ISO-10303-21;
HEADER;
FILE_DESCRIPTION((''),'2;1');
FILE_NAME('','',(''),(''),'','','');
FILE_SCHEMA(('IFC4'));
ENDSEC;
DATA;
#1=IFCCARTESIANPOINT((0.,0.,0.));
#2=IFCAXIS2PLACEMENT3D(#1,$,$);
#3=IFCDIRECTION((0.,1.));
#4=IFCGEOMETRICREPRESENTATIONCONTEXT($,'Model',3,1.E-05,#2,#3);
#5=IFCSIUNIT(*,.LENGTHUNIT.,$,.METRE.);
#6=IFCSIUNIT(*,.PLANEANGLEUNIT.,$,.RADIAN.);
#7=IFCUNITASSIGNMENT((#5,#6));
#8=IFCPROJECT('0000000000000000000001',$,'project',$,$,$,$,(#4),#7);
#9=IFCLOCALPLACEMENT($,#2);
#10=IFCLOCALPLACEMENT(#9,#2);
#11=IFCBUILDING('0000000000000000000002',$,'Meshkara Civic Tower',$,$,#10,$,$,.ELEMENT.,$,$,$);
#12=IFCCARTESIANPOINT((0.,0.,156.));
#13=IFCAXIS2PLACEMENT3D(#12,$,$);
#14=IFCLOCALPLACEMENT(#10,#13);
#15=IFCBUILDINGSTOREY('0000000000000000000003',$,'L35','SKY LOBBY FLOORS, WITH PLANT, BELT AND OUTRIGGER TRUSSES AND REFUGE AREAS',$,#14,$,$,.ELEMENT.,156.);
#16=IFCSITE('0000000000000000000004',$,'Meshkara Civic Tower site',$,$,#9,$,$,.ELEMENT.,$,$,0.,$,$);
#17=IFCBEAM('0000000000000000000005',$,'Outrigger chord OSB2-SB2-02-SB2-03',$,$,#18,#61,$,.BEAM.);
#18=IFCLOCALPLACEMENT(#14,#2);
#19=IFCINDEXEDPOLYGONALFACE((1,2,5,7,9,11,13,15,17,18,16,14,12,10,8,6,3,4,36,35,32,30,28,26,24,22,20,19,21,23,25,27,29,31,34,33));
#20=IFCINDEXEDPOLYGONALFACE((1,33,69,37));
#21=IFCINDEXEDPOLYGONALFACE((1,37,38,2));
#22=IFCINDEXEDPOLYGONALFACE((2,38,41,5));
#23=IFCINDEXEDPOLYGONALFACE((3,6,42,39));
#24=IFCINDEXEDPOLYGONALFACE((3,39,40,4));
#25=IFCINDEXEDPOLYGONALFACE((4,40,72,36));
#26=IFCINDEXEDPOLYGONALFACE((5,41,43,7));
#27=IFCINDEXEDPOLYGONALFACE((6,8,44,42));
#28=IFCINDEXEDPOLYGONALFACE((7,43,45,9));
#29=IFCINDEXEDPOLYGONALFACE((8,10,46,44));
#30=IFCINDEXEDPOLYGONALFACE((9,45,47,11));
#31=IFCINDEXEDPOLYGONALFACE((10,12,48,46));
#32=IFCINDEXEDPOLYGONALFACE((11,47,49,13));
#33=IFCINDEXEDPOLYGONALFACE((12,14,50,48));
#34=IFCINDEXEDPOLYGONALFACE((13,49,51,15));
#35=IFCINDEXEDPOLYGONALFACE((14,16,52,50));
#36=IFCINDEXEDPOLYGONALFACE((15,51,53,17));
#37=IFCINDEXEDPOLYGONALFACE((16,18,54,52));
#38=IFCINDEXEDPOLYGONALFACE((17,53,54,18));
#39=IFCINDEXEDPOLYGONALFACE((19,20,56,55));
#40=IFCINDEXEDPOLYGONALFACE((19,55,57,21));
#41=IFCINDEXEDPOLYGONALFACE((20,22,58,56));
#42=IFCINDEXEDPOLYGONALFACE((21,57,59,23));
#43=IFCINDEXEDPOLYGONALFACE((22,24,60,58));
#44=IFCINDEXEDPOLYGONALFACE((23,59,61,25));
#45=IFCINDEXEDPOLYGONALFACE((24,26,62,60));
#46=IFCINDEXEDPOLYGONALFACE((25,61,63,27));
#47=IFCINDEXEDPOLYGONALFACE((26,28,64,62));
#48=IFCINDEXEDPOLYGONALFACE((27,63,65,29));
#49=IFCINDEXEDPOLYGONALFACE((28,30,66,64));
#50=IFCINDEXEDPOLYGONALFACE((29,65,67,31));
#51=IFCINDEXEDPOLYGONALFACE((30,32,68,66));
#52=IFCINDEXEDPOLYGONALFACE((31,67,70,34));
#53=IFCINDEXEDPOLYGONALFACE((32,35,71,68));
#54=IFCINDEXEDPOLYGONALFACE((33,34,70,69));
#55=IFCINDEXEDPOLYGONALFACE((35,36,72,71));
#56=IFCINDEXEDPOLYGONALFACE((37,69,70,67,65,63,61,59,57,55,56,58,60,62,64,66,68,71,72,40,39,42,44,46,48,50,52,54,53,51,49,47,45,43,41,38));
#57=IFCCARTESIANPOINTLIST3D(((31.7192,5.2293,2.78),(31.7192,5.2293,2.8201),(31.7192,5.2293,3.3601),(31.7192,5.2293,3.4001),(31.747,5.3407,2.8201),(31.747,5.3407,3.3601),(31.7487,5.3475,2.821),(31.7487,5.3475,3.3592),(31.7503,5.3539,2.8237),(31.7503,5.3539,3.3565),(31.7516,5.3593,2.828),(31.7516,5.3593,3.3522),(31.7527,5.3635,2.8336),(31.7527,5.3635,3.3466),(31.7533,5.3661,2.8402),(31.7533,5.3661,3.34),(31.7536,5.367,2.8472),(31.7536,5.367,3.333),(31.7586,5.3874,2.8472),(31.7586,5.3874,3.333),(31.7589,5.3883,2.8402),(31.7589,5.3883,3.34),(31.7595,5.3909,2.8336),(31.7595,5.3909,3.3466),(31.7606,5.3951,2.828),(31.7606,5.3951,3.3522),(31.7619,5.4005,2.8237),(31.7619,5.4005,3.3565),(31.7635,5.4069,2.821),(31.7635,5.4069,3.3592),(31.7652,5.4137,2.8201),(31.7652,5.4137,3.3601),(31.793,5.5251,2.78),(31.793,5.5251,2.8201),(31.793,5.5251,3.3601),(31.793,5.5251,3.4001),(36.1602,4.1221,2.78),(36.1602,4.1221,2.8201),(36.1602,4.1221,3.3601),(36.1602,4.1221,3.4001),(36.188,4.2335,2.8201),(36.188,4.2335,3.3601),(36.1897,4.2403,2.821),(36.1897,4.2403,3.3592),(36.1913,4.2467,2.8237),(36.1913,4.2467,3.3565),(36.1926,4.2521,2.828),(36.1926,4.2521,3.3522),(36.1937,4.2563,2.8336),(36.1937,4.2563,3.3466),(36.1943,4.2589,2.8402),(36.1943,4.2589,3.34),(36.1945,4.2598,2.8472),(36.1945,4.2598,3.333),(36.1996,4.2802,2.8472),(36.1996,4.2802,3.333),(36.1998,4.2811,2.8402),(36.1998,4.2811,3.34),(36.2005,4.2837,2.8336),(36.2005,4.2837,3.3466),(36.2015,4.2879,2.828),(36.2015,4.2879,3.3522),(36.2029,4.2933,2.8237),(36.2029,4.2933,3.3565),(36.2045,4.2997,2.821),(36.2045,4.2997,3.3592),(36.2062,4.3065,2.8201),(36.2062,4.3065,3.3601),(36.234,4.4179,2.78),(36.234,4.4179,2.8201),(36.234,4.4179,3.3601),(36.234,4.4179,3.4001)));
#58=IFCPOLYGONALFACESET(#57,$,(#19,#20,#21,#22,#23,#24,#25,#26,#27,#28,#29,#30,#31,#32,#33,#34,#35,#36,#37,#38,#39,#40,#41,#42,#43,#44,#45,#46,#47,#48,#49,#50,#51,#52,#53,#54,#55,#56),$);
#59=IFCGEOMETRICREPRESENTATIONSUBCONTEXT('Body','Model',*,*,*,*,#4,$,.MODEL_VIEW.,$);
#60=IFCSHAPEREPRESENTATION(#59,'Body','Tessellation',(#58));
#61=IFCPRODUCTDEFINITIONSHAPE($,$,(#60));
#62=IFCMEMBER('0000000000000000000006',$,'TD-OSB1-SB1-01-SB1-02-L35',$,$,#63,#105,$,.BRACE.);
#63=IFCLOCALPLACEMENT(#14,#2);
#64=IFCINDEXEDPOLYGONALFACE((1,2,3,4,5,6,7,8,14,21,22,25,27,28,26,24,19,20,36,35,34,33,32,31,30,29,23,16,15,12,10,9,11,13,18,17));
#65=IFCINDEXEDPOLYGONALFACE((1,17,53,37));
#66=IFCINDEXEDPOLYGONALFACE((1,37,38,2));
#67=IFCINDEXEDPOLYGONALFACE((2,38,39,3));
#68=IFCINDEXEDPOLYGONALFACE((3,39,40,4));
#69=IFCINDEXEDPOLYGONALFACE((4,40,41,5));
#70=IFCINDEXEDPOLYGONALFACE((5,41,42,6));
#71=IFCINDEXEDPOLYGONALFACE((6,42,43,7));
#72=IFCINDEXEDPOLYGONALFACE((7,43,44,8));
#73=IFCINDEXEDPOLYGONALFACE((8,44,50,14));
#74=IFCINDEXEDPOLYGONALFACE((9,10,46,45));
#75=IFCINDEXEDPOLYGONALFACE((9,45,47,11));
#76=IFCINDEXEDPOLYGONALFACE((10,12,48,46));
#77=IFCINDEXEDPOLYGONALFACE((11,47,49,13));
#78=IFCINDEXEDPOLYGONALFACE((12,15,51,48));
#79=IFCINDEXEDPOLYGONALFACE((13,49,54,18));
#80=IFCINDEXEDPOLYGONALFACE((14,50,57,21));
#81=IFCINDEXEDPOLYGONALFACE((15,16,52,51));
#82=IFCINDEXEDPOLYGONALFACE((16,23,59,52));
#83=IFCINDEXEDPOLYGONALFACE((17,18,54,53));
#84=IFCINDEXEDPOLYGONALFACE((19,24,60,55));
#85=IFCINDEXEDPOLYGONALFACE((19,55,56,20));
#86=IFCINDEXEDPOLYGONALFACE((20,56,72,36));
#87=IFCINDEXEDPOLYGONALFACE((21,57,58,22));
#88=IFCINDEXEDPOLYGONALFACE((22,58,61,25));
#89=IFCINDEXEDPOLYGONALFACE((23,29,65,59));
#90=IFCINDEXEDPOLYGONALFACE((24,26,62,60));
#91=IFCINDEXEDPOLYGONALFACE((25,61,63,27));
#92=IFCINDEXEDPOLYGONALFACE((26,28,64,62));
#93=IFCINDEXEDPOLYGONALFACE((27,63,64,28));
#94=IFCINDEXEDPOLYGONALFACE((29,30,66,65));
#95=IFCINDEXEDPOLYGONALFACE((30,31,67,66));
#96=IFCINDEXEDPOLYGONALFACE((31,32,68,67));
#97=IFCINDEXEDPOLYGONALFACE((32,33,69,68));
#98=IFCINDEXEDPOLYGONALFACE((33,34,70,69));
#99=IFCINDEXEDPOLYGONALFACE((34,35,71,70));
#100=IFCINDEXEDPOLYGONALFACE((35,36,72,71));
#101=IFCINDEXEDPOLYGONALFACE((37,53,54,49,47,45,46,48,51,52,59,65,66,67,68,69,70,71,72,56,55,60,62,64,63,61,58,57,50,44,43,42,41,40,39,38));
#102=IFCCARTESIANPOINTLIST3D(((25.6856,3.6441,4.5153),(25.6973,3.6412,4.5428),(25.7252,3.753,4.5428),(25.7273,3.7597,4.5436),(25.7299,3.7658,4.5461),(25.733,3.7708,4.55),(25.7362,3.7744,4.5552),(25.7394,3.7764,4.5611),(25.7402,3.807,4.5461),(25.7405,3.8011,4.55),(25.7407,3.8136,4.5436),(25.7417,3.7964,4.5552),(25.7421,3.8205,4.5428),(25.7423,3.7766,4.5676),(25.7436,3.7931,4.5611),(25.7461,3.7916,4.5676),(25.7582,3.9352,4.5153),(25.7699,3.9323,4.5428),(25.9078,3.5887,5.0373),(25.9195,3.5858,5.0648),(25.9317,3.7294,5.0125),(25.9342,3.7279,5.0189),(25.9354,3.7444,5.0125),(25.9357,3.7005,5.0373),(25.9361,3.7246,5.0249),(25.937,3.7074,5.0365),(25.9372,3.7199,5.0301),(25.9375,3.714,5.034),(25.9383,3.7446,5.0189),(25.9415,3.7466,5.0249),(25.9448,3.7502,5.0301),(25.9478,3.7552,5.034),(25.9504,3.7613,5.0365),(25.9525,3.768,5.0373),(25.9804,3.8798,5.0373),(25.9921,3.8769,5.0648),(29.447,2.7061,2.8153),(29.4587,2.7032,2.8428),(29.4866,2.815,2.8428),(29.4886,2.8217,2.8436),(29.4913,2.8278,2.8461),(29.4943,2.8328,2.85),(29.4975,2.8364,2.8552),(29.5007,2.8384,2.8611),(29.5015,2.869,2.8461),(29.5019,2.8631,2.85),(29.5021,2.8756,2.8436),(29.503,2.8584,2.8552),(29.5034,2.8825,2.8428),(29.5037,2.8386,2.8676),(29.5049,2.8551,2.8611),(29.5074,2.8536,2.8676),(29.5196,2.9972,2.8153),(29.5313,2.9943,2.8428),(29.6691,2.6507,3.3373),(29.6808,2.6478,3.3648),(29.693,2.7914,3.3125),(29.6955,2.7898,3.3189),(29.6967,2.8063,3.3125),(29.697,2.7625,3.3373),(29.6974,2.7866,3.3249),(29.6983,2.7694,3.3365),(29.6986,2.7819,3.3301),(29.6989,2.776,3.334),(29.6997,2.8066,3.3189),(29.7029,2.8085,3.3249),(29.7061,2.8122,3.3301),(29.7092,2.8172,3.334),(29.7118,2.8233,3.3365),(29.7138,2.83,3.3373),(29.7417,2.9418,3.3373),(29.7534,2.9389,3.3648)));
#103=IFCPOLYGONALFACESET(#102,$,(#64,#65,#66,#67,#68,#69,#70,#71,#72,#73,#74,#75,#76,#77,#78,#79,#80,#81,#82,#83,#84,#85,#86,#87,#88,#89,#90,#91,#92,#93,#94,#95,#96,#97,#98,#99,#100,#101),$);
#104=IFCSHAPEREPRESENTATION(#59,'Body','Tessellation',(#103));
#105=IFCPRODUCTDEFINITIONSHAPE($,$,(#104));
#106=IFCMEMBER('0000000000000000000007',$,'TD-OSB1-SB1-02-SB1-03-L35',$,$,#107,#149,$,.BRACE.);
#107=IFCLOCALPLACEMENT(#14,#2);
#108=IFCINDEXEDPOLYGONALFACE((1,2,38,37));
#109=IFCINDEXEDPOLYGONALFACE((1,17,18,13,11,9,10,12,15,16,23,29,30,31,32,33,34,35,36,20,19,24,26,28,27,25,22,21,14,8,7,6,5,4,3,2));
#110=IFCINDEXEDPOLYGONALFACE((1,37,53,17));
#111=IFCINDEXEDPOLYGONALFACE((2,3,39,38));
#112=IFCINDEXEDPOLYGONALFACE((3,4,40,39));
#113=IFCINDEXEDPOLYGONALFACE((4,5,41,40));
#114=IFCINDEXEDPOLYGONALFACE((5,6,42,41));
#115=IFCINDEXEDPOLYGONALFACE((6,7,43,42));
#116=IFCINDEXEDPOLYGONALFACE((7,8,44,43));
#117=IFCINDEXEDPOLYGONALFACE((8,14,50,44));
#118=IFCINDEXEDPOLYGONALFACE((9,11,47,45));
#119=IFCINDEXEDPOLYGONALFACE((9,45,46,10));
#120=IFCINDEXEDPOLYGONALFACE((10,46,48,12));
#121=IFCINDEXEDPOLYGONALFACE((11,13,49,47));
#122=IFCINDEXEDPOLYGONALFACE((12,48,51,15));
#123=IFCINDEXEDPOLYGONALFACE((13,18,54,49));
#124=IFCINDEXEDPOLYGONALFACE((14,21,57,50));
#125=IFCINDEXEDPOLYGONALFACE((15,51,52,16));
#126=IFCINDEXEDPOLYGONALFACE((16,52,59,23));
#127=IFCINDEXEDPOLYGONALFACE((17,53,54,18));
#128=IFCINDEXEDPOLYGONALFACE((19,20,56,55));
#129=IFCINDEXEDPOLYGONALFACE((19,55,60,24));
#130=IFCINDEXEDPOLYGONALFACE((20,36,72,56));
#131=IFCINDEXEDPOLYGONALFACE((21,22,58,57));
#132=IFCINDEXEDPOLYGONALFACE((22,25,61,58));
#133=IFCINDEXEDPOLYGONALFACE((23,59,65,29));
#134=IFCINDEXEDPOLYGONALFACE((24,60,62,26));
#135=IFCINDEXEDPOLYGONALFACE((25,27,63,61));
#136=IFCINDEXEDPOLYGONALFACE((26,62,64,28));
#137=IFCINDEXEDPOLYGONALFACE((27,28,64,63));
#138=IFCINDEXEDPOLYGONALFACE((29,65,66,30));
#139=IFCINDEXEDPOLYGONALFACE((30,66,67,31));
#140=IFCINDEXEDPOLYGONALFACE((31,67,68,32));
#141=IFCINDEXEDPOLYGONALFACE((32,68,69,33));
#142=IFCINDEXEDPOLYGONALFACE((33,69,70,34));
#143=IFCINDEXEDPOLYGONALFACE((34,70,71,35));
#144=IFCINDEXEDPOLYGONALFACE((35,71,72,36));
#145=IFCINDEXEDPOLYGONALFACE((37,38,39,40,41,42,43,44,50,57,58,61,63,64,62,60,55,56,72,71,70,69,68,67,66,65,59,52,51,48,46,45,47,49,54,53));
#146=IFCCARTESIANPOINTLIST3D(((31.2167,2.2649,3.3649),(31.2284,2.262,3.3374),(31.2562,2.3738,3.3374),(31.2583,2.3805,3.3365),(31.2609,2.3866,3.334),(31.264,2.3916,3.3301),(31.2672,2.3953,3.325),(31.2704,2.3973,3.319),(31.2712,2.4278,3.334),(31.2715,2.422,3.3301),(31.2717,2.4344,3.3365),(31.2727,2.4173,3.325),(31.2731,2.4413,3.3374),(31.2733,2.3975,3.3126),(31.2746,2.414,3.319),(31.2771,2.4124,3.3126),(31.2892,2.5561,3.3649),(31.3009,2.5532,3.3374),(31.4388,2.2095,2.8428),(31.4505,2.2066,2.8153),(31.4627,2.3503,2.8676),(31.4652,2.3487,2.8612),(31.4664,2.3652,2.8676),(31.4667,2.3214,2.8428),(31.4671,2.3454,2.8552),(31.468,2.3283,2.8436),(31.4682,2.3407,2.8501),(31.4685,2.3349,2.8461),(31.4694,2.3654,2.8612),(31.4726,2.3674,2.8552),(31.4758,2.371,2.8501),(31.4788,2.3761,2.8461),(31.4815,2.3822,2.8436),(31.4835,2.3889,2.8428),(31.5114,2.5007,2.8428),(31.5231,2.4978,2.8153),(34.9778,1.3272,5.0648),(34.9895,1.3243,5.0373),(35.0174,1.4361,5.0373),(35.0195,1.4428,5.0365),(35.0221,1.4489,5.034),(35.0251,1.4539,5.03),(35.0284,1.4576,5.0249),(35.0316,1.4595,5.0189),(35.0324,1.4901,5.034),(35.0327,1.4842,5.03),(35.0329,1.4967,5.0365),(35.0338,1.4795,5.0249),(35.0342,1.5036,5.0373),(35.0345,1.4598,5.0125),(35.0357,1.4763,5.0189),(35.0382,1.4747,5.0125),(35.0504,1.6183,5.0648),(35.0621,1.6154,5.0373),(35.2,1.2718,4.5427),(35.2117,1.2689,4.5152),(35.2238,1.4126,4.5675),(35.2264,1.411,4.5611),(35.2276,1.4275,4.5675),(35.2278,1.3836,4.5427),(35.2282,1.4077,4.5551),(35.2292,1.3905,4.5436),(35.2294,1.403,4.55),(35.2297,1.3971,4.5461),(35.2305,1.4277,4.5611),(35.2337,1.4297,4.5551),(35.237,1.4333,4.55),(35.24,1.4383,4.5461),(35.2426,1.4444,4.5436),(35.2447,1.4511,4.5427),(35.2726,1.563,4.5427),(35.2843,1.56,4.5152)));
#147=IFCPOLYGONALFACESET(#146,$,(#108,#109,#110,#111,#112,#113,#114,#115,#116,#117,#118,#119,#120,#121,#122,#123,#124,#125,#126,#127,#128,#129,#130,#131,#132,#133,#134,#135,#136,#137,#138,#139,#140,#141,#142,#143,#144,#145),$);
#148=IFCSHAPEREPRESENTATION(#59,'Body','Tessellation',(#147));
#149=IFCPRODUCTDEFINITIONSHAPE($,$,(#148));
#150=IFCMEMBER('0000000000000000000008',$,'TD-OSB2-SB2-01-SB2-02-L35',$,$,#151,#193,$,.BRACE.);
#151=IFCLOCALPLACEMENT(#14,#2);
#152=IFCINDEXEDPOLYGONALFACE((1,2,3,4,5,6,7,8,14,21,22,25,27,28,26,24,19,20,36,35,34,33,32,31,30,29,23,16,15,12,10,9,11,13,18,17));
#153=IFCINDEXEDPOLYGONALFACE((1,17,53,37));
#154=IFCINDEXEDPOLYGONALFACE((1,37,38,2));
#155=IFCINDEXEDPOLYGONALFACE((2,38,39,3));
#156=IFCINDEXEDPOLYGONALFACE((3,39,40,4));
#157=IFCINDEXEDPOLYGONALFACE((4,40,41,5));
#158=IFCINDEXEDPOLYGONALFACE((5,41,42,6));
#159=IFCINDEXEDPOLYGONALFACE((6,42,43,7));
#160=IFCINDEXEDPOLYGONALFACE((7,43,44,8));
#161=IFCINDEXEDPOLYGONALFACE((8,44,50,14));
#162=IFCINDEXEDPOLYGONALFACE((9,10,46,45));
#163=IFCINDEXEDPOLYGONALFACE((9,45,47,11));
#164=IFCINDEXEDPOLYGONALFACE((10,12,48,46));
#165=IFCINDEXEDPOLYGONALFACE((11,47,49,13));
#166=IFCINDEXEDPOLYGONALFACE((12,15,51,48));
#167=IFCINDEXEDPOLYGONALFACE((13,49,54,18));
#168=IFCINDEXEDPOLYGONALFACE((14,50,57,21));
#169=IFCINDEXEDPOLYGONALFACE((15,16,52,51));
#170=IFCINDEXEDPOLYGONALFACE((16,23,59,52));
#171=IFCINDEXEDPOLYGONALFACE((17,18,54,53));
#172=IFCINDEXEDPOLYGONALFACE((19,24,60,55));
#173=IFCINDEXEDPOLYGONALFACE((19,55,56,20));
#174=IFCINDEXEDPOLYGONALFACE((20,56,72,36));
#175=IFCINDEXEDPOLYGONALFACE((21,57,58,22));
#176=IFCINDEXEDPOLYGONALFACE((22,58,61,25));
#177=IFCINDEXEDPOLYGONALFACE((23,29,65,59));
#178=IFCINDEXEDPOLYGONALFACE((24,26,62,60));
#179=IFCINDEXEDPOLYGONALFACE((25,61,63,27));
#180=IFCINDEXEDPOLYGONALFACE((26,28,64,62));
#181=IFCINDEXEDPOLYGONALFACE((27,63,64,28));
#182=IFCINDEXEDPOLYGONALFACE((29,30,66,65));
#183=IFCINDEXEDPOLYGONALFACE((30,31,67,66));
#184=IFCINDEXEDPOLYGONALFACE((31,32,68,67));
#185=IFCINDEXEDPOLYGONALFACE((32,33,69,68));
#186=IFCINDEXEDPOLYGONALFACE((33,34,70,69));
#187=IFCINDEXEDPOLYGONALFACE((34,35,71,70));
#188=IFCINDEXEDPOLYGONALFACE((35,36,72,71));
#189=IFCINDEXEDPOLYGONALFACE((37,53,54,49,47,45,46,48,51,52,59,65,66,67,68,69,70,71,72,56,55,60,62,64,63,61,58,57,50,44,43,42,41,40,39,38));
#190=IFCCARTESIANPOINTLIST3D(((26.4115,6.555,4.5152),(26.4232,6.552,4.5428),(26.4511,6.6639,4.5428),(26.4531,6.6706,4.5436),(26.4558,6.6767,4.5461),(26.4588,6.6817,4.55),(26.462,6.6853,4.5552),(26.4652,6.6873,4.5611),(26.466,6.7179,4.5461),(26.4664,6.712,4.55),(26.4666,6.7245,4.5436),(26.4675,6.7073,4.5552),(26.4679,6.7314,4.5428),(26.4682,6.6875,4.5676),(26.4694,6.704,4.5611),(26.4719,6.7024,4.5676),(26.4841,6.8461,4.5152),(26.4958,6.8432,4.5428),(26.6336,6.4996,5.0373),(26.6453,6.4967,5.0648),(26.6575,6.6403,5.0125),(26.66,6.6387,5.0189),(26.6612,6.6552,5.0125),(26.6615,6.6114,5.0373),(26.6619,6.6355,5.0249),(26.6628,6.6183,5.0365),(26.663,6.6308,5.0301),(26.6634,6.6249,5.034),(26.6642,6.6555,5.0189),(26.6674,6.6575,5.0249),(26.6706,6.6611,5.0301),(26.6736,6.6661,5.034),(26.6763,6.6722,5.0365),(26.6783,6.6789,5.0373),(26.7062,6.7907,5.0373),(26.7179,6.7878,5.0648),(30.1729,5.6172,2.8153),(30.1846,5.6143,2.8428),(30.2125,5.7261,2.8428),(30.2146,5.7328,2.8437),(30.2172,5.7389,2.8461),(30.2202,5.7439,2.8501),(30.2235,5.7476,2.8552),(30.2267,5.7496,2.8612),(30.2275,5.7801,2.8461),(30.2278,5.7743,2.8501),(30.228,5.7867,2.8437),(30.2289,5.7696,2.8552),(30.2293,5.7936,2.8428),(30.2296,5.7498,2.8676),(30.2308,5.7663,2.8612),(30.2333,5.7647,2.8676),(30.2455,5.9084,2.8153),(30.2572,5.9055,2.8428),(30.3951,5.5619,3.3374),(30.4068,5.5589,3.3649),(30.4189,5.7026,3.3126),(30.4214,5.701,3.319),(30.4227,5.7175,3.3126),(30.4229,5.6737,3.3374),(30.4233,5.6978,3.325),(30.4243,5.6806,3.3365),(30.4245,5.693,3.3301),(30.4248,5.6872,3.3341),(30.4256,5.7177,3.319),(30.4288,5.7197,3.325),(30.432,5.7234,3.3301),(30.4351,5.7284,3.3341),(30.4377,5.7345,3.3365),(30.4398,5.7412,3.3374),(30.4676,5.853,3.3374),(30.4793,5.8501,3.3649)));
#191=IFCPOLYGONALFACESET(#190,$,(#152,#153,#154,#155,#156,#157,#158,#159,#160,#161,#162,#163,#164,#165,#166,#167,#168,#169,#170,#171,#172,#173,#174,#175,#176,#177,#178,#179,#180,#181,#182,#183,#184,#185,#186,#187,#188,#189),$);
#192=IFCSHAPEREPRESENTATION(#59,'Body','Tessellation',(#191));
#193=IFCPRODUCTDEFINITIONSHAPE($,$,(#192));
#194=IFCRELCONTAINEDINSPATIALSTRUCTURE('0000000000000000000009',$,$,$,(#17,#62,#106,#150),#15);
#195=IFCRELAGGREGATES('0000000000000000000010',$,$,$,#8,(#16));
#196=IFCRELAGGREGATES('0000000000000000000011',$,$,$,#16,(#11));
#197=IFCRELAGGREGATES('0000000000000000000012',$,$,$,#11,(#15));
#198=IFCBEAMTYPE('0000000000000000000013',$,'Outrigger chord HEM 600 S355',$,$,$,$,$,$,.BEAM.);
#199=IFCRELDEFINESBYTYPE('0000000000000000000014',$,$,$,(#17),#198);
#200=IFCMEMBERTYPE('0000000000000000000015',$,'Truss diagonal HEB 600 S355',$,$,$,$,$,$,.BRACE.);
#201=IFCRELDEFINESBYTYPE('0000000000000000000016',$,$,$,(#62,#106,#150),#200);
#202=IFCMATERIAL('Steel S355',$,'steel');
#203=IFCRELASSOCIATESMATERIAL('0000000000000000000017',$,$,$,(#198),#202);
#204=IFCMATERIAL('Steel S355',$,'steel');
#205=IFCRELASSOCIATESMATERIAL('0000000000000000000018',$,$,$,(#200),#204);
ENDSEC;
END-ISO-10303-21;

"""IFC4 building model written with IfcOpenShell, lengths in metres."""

from ifc_helpers import new_model, si_unit, direction, frame, origin, origin_2d, place, context, subcontext, project, spatial, i_section, extrude, material, material_profile, profile_set, type_object, element, save


model = new_model("IFC4")

# Units and contexts
model_context = context("Model", 3, precision=1e-05, world=origin(), true_north=direction((0.0, 1.0)))
body_context = subcontext(model_context, "Body", "Model", "MODEL_VIEW")
ifc_project = project(units=[si_unit("LENGTHUNIT", "METRE"), si_unit("PLANEANGLEUNIT", "RADIAN")], contexts=[model_context])

# Site, building, storey
site_placement = place(None, origin())
site = spatial("IfcSite", under=ifc_project, at=site_placement, Name="Meshkara Civic Tower site", CompositionType="ELEMENT", RefElevation=0.0)
building_placement = place(site_placement, origin())
building = spatial("IfcBuilding", under=site, at=building_placement, Name="Meshkara Civic Tower", CompositionType="ELEMENT")
storey_placement = place(building_placement, frame((0.0, 0.0, 156.0)))
storey = spatial("IfcBuildingStorey", under=building, at=storey_placement, Name="L35", Description="SKY LOBBY FLOORS, WITH PLANT, BELT AND OUTRIGGER TRUSSES AND REFUGE AREAS", CompositionType="ELEMENT", Elevation=156.0)

# Beam
ifc_material_1 = material(Name="Steel S355", Category="steel")
ifc_material_profile_1 = material_profile(ifc_material_1, i_section(OverallWidth=0.3049, OverallDepth=0.6201, WebThickness=0.021, FlangeThickness=0.04, FilletRadius=0.0271, at=origin_2d()))
ifc_profile_set_1 = profile_set([ifc_material_profile_1], Name="Steel S355")
beam_type = type_object("IfcBeamType", Name="Outrigger chord HEM 600 S355", PredefinedType="BEAM", material=ifc_profile_set_1)
for number, where, z_axis, x_axis, name in (
    (1, (31.7561, 5.3772, 3.0901), (0.970299, -0.241908, 0.0), (0.241908, 0.970299, 0.0), "Outrigger chord OSB2-SB2-02-SB2-03"),
):
    element("IfcBeam", number, at=place(storey_placement, frame(where, z_axis=z_axis, x_axis=x_axis)), inside=storey, type_object=beam_type, Name=name, PredefinedType="BEAM", context=body_context, shape_type="SweptSolid", body=[
        extrude(i_section(OverallWidth=0.3049, OverallDepth=0.6201, WebThickness=0.021, FlangeThickness=0.04, FilletRadius=0.0271, at=origin_2d()), origin(), (0.0, 0.0, 1.0), 4.5769),
    ])

# Members
ifc_material_2 = material(Name="Steel S355", Category="steel")
ifc_material_profile_2 = material_profile(ifc_material_2, i_section(OverallWidth=0.3, OverallDepth=0.6001, WebThickness=0.0154, FlangeThickness=0.03, FilletRadius=0.0271, at=origin_2d()))
ifc_profile_set_2 = profile_set([ifc_material_profile_2], Name="Steel S355")
member_type = type_object("IfcMemberType", Name="Truss diagonal HEB 600 S355", PredefinedType="BRACE", material=ifc_profile_set_2)
member_1_placement = place(storey_placement, frame((25.8389, 3.7605, 4.79), z_axis=(0.888594, -0.2216, -0.401615), x_axis=(0.241972, 0.970283, 0.0)))
element("IfcMember", 2, at=member_1_placement, inside=storey, type_object=member_type, Name="TD-OSB1-SB1-01-SB1-02-L35", PredefinedType="BRACE", context=body_context, shape_type="SweptSolid", body=[
    extrude(i_section(OverallWidth=0.3, OverallDepth=0.6001, WebThickness=0.0154, FlangeThickness=0.03, FilletRadius=0.0271, at=origin_2d()), origin(), (0.0, 0.0, 1.0), 4.2329),
])
member_2_placement = place(storey_placement, frame((31.3699, 2.3813, 3.0901), z_axis=(0.888605, -0.221546, 0.40162), x_axis=(0.241913, 0.970298, 0.0)))
element("IfcMember", 3, at=member_2_placement, inside=storey, type_object=member_type, Name="TD-OSB1-SB1-02-SB1-03-L35", PredefinedType="BRACE", context=body_context, shape_type="SweptSolid", body=[
    extrude(i_section(OverallWidth=0.3, OverallDepth=0.6001, WebThickness=0.0154, FlangeThickness=0.03, FilletRadius=0.0271, at=origin_2d()), origin(), (0.0, 0.0, 1.0), 4.2327),
])
for number, where, z_axis, x_axis, name in (
    (4, (26.5647, 6.6714, 4.79), (0.888617, -0.221534, -0.401599), (0.241898, 0.970302, 0.0), "TD-OSB2-SB2-01-SB2-02-L35"),
):
    element("IfcMember", number, at=place(storey_placement, frame(where, z_axis=z_axis, x_axis=x_axis)), inside=storey, type_object=member_type, Name=name, PredefinedType="BRACE", context=body_context, shape_type="SweptSolid", body=[
        extrude(i_section(OverallWidth=0.3, OverallDepth=0.6001, WebThickness=0.0154, FlangeThickness=0.03, FilletRadius=0.0271, at=origin_2d()), origin(), (0.0, 0.0, 1.0), 4.2329),
    ])

save(model, "model.ifc")
